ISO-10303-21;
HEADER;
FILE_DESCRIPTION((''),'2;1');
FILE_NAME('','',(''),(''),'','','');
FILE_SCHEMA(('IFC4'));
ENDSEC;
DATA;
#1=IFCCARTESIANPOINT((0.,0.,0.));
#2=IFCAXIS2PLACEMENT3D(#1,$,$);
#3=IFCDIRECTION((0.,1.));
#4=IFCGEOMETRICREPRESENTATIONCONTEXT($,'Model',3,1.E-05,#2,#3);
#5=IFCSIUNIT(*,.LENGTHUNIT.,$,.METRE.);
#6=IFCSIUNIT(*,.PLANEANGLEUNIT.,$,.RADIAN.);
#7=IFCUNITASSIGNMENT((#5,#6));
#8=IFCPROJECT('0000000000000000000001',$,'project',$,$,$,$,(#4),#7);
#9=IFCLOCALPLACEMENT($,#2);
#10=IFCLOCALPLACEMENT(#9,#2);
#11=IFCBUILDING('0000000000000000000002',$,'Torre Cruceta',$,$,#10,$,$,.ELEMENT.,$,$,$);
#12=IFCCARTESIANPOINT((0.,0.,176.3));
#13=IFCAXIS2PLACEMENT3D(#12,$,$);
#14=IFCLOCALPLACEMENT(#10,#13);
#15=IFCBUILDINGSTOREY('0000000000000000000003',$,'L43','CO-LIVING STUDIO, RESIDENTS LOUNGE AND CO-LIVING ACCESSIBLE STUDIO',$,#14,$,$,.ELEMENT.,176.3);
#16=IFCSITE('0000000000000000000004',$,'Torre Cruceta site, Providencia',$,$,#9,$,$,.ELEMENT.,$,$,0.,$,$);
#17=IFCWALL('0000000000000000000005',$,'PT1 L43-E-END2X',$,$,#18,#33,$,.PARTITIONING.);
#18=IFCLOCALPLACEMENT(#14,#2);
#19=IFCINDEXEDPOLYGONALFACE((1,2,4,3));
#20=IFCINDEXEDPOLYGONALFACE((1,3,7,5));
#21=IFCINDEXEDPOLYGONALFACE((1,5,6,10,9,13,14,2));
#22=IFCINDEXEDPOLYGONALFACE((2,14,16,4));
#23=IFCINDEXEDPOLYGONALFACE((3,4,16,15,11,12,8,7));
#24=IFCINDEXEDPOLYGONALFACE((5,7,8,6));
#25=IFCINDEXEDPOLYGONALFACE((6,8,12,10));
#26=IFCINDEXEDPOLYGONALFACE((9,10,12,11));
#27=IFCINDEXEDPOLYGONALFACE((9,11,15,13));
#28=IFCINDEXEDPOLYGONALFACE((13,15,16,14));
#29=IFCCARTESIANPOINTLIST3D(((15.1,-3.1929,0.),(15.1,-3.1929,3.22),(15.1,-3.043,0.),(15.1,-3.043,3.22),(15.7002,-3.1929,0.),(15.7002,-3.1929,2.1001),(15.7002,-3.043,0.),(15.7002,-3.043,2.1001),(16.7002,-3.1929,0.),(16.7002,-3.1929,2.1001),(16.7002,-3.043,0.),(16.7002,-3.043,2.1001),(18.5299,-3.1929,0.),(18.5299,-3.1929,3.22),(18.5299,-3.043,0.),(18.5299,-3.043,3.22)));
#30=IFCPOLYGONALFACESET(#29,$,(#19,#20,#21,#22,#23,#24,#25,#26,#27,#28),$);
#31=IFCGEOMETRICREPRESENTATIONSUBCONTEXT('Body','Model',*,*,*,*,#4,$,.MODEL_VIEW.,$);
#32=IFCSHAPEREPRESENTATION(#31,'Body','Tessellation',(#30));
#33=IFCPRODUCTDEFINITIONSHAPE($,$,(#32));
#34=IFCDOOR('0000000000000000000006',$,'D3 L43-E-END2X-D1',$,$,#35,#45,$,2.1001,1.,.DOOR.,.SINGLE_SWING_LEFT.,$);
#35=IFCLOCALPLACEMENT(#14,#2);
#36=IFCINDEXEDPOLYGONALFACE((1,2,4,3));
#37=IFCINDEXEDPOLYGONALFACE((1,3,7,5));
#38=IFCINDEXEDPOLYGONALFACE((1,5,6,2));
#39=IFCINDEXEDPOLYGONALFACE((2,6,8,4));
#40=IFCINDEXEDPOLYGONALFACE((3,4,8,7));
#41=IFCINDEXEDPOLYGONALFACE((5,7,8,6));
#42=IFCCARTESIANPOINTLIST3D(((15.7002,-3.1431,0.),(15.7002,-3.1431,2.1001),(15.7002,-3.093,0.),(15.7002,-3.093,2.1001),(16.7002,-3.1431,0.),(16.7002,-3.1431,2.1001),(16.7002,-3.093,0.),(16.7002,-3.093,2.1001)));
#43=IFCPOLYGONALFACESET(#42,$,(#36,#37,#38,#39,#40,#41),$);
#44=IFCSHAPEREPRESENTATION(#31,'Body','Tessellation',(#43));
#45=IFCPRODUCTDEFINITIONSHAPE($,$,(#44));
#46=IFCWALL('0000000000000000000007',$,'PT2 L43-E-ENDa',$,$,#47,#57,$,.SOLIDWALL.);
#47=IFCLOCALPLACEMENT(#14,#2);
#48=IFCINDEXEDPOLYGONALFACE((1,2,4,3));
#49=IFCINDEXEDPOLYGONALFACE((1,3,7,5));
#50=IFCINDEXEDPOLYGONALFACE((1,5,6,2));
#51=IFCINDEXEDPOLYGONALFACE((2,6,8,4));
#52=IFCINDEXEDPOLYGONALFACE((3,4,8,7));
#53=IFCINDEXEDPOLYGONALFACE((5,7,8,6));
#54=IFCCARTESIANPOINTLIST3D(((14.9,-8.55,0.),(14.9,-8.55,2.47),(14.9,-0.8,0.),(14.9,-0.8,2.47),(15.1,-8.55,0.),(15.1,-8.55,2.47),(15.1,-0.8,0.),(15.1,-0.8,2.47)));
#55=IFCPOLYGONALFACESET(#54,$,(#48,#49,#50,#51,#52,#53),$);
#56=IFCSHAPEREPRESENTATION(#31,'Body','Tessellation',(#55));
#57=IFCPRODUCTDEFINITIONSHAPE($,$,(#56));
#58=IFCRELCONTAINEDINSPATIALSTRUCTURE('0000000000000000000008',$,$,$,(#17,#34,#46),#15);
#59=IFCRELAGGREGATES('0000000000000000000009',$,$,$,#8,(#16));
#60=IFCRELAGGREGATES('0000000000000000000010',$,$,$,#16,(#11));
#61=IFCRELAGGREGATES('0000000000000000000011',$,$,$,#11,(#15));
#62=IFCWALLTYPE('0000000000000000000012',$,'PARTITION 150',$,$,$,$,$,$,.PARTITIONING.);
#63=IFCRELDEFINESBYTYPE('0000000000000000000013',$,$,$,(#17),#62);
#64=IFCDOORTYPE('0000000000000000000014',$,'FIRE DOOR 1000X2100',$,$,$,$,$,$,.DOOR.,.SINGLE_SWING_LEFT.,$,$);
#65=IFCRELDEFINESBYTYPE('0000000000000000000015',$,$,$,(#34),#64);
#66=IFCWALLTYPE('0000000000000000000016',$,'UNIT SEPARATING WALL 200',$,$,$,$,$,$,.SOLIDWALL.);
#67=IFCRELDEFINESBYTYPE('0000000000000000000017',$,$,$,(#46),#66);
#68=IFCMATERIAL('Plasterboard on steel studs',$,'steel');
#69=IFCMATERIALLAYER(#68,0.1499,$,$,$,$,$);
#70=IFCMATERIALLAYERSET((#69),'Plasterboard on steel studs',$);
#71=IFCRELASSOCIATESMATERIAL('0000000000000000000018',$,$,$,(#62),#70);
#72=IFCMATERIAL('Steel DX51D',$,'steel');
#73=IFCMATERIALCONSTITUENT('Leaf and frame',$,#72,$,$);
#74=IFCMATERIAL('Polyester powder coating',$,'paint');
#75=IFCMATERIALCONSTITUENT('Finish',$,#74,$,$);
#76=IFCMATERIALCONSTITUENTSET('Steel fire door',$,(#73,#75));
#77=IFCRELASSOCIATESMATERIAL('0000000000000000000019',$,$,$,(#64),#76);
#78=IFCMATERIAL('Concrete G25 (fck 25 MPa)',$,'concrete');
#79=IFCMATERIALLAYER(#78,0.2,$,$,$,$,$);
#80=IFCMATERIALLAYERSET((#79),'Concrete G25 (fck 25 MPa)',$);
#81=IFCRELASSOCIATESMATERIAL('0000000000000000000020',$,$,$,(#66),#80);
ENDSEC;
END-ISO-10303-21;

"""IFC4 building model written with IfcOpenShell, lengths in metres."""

from ifc_helpers import new_model, si_unit, direction, frame, frame_2d, origin, place, context, subcontext, project, spatial, rectangle, extrude, material, layer, layer_set, constituent, constituent_set, type_object, element, fill, save


model = new_model("IFC4")

# Units and contexts
model_context = context("Model", 3, precision=1e-05, world=origin(), true_north=direction((0.0, 1.0)))
body_context = subcontext(model_context, "Body", "Model", "MODEL_VIEW")
ifc_project = project(units=[si_unit("LENGTHUNIT", "METRE"), si_unit("PLANEANGLEUNIT", "RADIAN")], contexts=[model_context])

# Site, building, storey
site_placement = place(None, origin())
site = spatial("IfcSite", under=ifc_project, at=site_placement, Name="Torre Cruceta site, Providencia", CompositionType="ELEMENT", RefElevation=0.0)
building_placement = place(site_placement, origin())
building = spatial("IfcBuilding", under=site, at=building_placement, Name="Torre Cruceta", CompositionType="ELEMENT")
storey_placement = place(building_placement, frame((0.0, 0.0, 176.3)))
storey = spatial("IfcBuildingStorey", under=building, at=storey_placement, Name="L43", Description="CO-LIVING STUDIO, RESIDENTS LOUNGE AND CO-LIVING ACCESSIBLE STUDIO", CompositionType="ELEMENT", Elevation=176.3)

# Wall, opening, door
ifc_material_1 = material(Name="Plasterboard on steel studs", Category="steel")
ifc_layer_1 = layer(ifc_material_1, 0.1499)
ifc_layer_set_1 = layer_set([ifc_layer_1], Name="Plasterboard on steel studs")
wall_type_1 = type_object("IfcWallType", Name="PARTITION 150", PredefinedType="PARTITIONING", material=ifc_layer_set_1)
wall_1_placement = place(storey_placement, frame((15.1001, -3.1179, 0.0), z_axis=(0.0, 0.0, 1.0), x_axis=(1.0, 0.0, 0.0)))
wall_1 = element("IfcWall", 1, at=wall_1_placement, inside=storey, type_object=wall_type_1, Name="PT1 L43-E-END2X", PredefinedType="PARTITIONING", context=body_context, shape_type="SweptSolid", body=[
    extrude(rectangle(XDim=3.4299, YDim=0.1499, at=frame_2d((1.7148, 0.0))), origin(), (0.0, 0.0, 1.0), 3.22),
])
opening_1_placement = place(wall_1_placement, frame((0.6001, 0.0, 0.0)))
opening_1 = element("IfcOpeningElement", 2, at=opening_1_placement, cuts=wall_1, PredefinedType="OPENING", context=body_context, shape_type="SweptSolid", body=[
    extrude(rectangle(XDim=1.0, YDim=2.1001, at=frame_2d((0.5, 1.05))), frame((0.0, 0.085, 0.0), z_axis=(0.0, -1.0, 0.0), x_axis=(1.0, 0.0, 0.0)), (0.0, 0.0, 1.0), 0.1699),
])
ifc_material_2 = material(Name="Steel DX51D", Category="steel")
ifc_constituent_1 = constituent(ifc_material_2, Name="Leaf and frame")
ifc_material_3 = material(Name="Polyester powder coating", Category="paint")
ifc_constituent_2 = constituent(ifc_material_3, Name="Finish")
ifc_constituent_set_1 = constituent_set(constituents=[ifc_constituent_1, ifc_constituent_2], Name="Steel fire door")
door_type_1 = type_object("IfcDoorType", Name="FIRE DOOR 1000X2100", OperationType="SINGLE_SWING_LEFT", PredefinedType="DOOR", material=ifc_constituent_set_1)
door_1_placement = place(opening_1_placement, origin())
door_1 = element("IfcDoor", 3, at=door_1_placement, inside=storey, type_object=door_type_1, Name="D3 L43-E-END2X-D1", OperationType="SINGLE_SWING_LEFT", OverallHeight=2.1001, OverallWidth=1.0, PredefinedType="DOOR", context=body_context, shape_type="SweptSolid", body=[
    extrude(rectangle(XDim=1.0, YDim=2.1001, at=frame_2d((0.5, 1.05))), frame((0.0, 0.0249, 0.0), z_axis=(0.0, -1.0, 0.0), x_axis=(1.0, 0.0, 0.0)), (0.0, 0.0, 1.0), 0.05),
])
fill(opening_1, door_1)

# Wall
ifc_material_4 = material(Name="Concrete G25 (fck 25 MPa)", Category="concrete")
ifc_layer_2 = layer(ifc_material_4, 0.2)
ifc_layer_set_2 = layer_set([ifc_layer_2], Name="Concrete G25 (fck 25 MPa)")
wall_type_2 = type_object("IfcWallType", Name="UNIT SEPARATING WALL 200", PredefinedType="SOLIDWALL", material=ifc_layer_set_2)
wall_2_placement = place(storey_placement, frame((15.0, -8.55, 0.0), z_axis=(0.0, 0.0, 1.0), x_axis=(0.0, 1.0, 0.0)))
element("IfcWall", 4, at=wall_2_placement, inside=storey, type_object=wall_type_2, Name="PT2 L43-E-ENDa", PredefinedType="SOLIDWALL", context=body_context, shape_type="SweptSolid", body=[
    extrude(rectangle(XDim=7.75, YDim=0.2, at=frame_2d((3.875, 0.0))), origin(), (0.0, 0.0, 1.0), 2.47),
])

save(model, "model.ifc")
